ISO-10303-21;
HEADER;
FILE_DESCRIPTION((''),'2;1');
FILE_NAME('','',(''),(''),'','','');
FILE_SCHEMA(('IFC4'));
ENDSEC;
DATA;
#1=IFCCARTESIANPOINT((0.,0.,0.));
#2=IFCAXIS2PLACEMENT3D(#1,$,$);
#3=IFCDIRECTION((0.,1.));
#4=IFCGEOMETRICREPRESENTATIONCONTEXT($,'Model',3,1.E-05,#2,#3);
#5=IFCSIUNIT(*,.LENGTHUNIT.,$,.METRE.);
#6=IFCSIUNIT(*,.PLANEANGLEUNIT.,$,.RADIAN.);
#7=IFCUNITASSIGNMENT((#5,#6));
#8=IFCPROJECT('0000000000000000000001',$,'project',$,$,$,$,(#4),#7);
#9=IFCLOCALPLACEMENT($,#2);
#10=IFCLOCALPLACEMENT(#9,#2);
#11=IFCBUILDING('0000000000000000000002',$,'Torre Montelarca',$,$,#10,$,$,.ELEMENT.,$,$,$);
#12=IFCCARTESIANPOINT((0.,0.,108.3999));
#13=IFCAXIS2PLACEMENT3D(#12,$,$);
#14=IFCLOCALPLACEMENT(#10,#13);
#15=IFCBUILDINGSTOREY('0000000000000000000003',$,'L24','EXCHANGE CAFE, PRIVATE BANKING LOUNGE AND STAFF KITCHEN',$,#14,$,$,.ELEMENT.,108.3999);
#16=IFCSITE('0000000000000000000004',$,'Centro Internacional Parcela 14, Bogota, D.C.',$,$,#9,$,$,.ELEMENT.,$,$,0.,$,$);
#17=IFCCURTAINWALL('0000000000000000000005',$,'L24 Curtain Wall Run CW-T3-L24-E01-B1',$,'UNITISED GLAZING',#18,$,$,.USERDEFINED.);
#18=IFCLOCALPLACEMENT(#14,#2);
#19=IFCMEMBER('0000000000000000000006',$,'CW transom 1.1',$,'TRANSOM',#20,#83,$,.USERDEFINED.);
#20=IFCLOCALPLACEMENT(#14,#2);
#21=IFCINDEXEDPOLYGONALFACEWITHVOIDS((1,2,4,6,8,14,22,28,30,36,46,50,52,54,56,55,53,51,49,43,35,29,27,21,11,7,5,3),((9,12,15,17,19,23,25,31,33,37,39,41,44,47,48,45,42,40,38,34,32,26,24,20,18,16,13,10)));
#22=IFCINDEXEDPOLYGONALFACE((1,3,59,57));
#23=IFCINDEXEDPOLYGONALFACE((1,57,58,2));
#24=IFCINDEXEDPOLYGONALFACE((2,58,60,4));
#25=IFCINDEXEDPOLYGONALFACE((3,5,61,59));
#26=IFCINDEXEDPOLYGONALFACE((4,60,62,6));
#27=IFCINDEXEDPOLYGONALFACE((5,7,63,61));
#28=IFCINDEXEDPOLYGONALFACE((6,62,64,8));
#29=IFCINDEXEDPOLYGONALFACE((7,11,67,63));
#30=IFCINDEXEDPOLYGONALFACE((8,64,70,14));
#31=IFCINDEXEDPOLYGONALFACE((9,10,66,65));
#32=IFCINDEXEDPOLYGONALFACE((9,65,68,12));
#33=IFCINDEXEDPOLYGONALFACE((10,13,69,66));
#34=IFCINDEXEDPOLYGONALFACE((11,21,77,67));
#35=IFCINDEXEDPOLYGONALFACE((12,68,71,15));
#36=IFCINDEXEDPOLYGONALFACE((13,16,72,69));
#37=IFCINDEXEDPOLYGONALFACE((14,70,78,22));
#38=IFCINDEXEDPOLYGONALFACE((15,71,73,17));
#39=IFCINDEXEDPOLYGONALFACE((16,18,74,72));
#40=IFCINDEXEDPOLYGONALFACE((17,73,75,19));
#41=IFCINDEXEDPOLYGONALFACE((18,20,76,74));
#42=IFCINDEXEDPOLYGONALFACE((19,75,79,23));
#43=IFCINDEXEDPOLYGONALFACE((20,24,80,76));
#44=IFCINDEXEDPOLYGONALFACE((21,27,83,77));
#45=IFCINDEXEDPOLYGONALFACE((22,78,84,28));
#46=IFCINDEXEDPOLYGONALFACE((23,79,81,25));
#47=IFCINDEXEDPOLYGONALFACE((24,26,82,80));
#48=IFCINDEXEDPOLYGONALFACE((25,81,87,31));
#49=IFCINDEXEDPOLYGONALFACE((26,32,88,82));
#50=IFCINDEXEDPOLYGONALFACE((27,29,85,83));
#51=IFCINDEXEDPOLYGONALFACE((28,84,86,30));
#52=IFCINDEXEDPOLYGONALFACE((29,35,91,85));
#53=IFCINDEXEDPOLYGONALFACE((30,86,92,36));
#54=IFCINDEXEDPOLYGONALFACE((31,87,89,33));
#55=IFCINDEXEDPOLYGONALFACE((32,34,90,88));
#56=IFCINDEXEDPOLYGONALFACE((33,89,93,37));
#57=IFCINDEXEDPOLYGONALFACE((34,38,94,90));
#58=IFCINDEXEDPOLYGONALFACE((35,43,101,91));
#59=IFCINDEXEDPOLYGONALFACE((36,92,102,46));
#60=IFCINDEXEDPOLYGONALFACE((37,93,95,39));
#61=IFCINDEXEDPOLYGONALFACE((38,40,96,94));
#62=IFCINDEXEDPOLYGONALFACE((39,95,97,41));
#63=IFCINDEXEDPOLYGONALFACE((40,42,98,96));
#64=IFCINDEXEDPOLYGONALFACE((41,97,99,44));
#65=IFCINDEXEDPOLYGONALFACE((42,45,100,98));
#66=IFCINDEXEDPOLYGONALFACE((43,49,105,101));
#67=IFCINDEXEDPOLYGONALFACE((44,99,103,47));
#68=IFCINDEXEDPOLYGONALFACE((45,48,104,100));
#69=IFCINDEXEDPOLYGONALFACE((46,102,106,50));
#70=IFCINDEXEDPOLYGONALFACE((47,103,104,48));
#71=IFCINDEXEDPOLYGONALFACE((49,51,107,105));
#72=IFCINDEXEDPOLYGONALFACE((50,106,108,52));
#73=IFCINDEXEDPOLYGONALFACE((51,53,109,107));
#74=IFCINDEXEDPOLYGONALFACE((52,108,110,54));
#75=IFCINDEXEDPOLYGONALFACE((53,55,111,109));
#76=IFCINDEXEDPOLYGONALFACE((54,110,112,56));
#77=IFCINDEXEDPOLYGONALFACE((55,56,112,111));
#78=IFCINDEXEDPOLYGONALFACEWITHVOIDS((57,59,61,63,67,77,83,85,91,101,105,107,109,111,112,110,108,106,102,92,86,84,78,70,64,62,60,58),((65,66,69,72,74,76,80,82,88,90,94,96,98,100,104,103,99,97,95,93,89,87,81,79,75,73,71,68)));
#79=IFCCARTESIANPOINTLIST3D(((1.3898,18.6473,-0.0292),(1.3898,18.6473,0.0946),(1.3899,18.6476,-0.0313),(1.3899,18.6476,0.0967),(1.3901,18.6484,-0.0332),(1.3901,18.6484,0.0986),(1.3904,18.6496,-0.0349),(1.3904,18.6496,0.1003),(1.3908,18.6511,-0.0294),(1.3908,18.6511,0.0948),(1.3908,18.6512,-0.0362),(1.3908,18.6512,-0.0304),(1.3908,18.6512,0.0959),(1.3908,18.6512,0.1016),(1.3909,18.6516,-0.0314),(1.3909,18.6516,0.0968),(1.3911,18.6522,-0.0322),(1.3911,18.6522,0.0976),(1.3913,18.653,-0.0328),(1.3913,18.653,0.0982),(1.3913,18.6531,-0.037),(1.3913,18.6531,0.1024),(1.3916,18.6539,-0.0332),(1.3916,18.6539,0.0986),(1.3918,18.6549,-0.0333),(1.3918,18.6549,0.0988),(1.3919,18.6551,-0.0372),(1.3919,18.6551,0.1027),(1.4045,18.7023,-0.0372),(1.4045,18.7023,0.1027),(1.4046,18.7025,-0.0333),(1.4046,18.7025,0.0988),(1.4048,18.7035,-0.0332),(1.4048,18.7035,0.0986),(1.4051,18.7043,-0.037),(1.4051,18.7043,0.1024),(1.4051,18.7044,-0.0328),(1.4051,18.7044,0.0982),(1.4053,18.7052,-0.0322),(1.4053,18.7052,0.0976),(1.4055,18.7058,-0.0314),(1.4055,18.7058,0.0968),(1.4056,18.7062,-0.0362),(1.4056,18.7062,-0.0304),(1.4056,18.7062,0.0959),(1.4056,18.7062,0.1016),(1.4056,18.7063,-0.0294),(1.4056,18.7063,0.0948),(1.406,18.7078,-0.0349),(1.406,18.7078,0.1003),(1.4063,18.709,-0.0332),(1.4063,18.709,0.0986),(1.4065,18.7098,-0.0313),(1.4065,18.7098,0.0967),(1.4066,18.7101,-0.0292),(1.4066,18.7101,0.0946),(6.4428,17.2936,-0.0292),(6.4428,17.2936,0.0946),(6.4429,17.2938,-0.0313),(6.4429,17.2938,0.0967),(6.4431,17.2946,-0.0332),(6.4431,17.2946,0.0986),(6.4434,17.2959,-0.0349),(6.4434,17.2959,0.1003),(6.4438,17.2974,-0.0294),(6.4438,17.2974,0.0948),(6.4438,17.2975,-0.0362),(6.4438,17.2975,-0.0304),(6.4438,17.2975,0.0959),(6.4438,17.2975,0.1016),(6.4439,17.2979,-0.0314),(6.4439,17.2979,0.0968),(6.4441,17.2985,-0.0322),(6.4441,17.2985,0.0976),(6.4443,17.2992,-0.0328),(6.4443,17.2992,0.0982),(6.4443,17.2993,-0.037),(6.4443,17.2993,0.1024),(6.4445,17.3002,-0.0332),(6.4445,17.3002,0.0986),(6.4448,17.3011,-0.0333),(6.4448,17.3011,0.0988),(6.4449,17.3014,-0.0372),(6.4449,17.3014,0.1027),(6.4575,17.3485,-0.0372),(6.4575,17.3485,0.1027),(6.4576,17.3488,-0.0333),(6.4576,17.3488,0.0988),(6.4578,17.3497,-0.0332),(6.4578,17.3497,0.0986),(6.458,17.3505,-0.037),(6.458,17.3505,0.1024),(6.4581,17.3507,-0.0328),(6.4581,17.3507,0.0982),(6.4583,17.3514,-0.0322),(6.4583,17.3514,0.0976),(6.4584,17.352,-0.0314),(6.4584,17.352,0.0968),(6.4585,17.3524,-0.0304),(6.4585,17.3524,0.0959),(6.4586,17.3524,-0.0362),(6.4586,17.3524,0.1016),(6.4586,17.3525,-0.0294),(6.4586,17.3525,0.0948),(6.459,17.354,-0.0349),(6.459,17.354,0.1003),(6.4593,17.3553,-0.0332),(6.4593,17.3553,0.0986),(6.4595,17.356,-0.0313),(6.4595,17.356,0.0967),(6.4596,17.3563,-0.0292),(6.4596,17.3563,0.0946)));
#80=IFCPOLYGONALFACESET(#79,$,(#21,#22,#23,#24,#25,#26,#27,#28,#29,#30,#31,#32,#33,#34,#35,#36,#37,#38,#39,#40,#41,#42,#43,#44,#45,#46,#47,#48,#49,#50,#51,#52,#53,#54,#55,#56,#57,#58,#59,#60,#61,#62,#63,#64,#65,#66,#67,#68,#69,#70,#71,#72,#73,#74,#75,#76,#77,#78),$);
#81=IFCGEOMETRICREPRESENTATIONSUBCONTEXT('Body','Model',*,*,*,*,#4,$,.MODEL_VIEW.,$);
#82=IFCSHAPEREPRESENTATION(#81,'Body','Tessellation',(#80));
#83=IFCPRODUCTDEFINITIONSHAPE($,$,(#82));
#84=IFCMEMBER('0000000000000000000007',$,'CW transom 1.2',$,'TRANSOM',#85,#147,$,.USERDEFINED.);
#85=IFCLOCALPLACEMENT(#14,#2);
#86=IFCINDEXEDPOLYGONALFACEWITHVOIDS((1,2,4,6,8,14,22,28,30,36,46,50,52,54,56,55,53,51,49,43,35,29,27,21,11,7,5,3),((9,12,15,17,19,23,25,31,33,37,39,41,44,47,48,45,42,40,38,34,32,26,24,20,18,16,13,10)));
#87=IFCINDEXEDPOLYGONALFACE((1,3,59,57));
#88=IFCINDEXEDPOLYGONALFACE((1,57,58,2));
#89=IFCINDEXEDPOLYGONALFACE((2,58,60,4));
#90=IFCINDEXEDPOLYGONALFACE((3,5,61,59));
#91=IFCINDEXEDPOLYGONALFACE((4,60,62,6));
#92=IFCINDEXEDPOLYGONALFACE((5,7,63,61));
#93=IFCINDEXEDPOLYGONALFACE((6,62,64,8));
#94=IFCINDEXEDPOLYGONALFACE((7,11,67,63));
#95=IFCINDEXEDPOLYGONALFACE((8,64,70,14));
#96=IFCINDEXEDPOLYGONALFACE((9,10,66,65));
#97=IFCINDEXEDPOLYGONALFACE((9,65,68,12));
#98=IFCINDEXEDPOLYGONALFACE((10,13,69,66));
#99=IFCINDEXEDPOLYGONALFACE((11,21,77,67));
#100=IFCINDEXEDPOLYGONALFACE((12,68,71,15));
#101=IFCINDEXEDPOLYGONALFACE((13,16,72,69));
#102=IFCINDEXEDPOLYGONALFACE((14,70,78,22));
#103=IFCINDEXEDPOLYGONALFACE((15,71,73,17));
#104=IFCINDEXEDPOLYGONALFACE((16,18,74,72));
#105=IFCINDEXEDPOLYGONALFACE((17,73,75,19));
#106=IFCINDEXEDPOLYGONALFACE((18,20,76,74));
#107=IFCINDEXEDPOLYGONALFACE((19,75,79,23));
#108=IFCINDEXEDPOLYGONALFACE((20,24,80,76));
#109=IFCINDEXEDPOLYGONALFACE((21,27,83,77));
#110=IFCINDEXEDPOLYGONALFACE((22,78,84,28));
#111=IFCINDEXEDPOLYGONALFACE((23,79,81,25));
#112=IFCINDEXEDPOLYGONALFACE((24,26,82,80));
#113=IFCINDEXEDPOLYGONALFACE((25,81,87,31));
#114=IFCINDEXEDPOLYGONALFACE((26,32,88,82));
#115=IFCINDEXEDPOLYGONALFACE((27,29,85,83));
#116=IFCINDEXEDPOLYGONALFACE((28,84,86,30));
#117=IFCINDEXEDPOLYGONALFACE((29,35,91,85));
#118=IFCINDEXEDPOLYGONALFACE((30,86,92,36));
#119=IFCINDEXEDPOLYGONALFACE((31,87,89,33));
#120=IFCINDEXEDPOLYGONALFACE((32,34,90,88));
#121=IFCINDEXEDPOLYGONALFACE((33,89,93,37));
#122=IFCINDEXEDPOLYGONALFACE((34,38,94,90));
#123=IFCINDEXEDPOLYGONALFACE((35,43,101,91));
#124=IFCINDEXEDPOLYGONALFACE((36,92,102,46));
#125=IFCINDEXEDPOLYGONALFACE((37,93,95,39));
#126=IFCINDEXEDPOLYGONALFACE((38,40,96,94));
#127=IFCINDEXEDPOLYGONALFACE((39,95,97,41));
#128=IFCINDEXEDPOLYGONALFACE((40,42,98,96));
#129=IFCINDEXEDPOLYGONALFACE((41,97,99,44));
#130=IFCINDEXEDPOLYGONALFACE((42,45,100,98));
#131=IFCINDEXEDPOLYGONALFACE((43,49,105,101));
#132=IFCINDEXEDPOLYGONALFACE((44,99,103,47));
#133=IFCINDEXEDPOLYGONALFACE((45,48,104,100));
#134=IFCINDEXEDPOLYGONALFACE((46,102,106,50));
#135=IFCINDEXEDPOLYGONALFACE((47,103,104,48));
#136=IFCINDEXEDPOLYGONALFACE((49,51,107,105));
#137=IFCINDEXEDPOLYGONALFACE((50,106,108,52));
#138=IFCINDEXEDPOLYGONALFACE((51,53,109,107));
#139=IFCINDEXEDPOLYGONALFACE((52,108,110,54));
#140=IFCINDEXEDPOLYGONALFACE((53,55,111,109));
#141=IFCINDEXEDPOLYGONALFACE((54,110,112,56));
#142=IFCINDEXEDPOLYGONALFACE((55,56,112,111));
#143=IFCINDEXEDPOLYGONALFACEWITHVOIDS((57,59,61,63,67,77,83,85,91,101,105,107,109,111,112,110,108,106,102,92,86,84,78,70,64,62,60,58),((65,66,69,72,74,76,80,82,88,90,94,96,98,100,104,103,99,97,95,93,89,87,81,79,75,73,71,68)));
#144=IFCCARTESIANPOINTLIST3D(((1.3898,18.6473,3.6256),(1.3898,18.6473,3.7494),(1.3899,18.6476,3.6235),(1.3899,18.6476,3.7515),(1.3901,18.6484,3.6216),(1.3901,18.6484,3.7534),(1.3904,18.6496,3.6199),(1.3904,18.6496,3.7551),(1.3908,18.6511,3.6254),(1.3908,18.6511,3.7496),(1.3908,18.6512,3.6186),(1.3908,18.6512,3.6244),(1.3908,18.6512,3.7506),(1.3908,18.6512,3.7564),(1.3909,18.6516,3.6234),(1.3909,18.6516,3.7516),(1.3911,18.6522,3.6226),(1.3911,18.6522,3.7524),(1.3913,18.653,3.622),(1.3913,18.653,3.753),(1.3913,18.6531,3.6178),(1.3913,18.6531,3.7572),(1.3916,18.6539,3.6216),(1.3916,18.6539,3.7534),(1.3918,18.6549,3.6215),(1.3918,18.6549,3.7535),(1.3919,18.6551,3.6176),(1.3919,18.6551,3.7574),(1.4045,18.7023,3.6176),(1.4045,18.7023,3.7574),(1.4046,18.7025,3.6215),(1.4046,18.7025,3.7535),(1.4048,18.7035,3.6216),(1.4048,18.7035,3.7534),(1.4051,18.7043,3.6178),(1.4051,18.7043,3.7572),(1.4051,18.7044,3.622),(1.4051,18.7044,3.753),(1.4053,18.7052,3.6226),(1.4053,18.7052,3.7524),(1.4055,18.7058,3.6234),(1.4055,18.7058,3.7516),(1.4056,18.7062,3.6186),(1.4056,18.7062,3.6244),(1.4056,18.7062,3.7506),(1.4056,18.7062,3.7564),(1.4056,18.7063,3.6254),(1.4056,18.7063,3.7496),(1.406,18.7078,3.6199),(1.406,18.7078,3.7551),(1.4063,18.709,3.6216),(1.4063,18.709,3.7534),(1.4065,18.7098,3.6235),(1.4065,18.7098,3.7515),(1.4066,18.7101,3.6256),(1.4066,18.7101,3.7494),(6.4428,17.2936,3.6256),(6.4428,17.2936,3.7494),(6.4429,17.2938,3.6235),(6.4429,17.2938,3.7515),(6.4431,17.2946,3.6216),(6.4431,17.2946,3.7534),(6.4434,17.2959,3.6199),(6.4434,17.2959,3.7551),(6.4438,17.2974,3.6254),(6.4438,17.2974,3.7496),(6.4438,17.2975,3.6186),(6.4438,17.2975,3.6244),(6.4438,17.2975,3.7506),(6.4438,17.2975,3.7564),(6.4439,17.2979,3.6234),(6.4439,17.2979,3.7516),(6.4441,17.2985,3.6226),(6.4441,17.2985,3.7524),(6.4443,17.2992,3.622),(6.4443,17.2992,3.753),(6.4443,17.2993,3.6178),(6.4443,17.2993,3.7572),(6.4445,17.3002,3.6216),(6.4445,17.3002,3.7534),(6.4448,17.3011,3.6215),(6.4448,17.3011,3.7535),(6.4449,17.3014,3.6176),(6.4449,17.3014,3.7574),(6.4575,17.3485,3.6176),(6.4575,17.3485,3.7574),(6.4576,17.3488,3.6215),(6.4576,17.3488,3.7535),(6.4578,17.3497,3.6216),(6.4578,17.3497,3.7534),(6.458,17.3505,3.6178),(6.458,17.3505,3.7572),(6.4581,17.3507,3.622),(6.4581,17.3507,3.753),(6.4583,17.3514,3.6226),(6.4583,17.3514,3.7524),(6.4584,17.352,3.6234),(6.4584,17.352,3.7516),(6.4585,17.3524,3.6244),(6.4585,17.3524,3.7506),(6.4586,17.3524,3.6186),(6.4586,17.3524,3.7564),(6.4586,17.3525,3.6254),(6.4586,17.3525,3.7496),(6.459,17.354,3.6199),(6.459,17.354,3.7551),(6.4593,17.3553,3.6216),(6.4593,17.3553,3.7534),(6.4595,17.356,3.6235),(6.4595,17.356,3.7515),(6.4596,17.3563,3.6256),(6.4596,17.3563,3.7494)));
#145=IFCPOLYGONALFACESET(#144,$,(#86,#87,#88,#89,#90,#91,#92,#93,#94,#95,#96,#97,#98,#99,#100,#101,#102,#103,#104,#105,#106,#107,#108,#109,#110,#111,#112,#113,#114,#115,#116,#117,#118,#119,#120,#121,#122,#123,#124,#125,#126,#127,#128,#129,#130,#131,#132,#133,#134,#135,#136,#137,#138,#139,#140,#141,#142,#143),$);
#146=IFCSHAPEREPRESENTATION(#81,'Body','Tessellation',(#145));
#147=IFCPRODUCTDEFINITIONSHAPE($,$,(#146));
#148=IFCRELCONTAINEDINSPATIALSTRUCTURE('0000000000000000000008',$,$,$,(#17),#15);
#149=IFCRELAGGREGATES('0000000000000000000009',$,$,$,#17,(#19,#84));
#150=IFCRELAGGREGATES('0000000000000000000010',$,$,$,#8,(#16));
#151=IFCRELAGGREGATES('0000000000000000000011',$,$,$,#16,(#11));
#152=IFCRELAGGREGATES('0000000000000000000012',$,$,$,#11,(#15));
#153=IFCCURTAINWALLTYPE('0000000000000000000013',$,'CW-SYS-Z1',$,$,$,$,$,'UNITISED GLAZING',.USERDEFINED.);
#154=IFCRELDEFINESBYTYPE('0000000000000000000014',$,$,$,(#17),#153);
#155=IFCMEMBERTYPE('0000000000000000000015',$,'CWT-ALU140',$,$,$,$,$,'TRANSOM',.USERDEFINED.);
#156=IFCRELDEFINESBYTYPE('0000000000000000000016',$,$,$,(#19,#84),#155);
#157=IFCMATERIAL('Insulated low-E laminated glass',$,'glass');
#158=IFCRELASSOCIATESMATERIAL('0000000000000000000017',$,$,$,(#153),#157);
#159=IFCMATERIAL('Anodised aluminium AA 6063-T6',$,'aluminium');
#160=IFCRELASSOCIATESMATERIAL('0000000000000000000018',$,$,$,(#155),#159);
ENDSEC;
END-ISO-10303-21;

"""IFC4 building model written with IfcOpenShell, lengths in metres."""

from ifc_helpers import new_model, si_unit, direction, frame, origin, origin_2d, place, context, subcontext, project, spatial, hollow_rectangle, extrude, source, transform, mapped, material, material_profile, profile_set, type_object, element, aggregate, save


model = new_model("IFC4")

# Units and contexts
model_context = context("Model", 3, precision=1e-05, world=origin(), true_north=direction((0.0, 1.0)))
body_context = subcontext(model_context, "Body", "Model", "MODEL_VIEW")
ifc_project = project(units=[si_unit("LENGTHUNIT", "METRE"), si_unit("PLANEANGLEUNIT", "RADIAN")], contexts=[model_context])

# Site, building, storey
site_placement = place(None, origin())
site = spatial("IfcSite", under=ifc_project, at=site_placement, Name="Centro Internacional Parcela 14, Bogota, D.C.", CompositionType="ELEMENT", RefElevation=0.0)
building_placement = place(site_placement, origin())
building = spatial("IfcBuilding", under=site, at=building_placement, Name="Torre Montelarca", CompositionType="ELEMENT")
storey_placement = place(building_placement, frame((0.0, 0.0, 108.3999)))
storey = spatial("IfcBuildingStorey", under=building, at=storey_placement, Name="L24", Description="EXCHANGE CAFE, PRIVATE BANKING LOUNGE AND STAFF KITCHEN", CompositionType="ELEMENT", Elevation=108.3999)

# Curtain wall, members
ifc_material_1 = material(Name="Insulated low-E laminated glass", Category="glass")
curtain_wall_type = type_object("IfcCurtainWallType", Name="CW-SYS-Z1", ElementType="UNITISED GLAZING", PredefinedType="USERDEFINED", material=ifc_material_1)
curtain_wall_1_placement = place(storey_placement, origin())
curtain_wall_1 = element("IfcCurtainWall", 1, at=curtain_wall_1_placement, inside=storey, type_object=curtain_wall_type, Name="L24 Curtain Wall Run CW-T3-L24-E01-B1", ObjectType="UNITISED GLAZING", PredefinedType="USERDEFINED")
ifc_material_2 = material(Name="Anodised aluminium AA 6063-T6", Category="aluminium")
ifc_material_profile_1 = material_profile(ifc_material_2, hollow_rectangle(XDim=0.0649, YDim=0.1399, WallThickness=0.0039, InnerFilletRadius=0.0039, OuterFilletRadius=0.0081, at=origin_2d()), Name="ALU65X140X4", Category="aluminium")
ifc_profile_set_1 = profile_set([ifc_material_profile_1], Name="Anodised aluminium AA 6063-T6")
member_type_1 = type_object("IfcMemberType", Name="CWT-ALU140", ElementType="TRANSOM", PredefinedType="USERDEFINED", material=ifc_profile_set_1)
shared_shape_1 = source(origin(), body_context, "Body", "SweptSolid", [
    extrude(hollow_rectangle(XDim=0.0649, YDim=0.1399, WallThickness=0.0039, InnerFilletRadius=0.0039, OuterFilletRadius=0.0081, at=origin_2d()), origin(), (0.0, 0.0, 1.0), 5.2312),
])
member_1_placement = place(storey_placement, frame((1.3982, 18.6787, 0.0327), z_axis=(0.965935, -0.258787, 0.0), x_axis=(0.258787, 0.965935, 0.0)))
member_1 = element("IfcMember", 2, at=member_1_placement, type_object=member_type_1, Name="CW transom 1.1", ObjectType="TRANSOM", PredefinedType="USERDEFINED", context=body_context, shape_type="MappedRepresentation", body=[
    mapped(shared_shape_1, transform((0.0, 0.0, 0.0), scale=1.0)),
])
member_2_placement = place(storey_placement, frame((1.3982, 18.6787, 3.6875), z_axis=(0.965935, -0.258787, 0.0), x_axis=(0.258787, 0.965935, 0.0)))
member_2 = element("IfcMember", 3, at=member_2_placement, type_object=member_type_1, Name="CW transom 1.2", ObjectType="TRANSOM", PredefinedType="USERDEFINED", context=body_context, shape_type="MappedRepresentation", body=[
    mapped(shared_shape_1, transform((0.0, 0.0, 0.0), scale=1.0)),
])

aggregate(curtain_wall_1, [member_1, member_2])

save(model, "model.ifc")
